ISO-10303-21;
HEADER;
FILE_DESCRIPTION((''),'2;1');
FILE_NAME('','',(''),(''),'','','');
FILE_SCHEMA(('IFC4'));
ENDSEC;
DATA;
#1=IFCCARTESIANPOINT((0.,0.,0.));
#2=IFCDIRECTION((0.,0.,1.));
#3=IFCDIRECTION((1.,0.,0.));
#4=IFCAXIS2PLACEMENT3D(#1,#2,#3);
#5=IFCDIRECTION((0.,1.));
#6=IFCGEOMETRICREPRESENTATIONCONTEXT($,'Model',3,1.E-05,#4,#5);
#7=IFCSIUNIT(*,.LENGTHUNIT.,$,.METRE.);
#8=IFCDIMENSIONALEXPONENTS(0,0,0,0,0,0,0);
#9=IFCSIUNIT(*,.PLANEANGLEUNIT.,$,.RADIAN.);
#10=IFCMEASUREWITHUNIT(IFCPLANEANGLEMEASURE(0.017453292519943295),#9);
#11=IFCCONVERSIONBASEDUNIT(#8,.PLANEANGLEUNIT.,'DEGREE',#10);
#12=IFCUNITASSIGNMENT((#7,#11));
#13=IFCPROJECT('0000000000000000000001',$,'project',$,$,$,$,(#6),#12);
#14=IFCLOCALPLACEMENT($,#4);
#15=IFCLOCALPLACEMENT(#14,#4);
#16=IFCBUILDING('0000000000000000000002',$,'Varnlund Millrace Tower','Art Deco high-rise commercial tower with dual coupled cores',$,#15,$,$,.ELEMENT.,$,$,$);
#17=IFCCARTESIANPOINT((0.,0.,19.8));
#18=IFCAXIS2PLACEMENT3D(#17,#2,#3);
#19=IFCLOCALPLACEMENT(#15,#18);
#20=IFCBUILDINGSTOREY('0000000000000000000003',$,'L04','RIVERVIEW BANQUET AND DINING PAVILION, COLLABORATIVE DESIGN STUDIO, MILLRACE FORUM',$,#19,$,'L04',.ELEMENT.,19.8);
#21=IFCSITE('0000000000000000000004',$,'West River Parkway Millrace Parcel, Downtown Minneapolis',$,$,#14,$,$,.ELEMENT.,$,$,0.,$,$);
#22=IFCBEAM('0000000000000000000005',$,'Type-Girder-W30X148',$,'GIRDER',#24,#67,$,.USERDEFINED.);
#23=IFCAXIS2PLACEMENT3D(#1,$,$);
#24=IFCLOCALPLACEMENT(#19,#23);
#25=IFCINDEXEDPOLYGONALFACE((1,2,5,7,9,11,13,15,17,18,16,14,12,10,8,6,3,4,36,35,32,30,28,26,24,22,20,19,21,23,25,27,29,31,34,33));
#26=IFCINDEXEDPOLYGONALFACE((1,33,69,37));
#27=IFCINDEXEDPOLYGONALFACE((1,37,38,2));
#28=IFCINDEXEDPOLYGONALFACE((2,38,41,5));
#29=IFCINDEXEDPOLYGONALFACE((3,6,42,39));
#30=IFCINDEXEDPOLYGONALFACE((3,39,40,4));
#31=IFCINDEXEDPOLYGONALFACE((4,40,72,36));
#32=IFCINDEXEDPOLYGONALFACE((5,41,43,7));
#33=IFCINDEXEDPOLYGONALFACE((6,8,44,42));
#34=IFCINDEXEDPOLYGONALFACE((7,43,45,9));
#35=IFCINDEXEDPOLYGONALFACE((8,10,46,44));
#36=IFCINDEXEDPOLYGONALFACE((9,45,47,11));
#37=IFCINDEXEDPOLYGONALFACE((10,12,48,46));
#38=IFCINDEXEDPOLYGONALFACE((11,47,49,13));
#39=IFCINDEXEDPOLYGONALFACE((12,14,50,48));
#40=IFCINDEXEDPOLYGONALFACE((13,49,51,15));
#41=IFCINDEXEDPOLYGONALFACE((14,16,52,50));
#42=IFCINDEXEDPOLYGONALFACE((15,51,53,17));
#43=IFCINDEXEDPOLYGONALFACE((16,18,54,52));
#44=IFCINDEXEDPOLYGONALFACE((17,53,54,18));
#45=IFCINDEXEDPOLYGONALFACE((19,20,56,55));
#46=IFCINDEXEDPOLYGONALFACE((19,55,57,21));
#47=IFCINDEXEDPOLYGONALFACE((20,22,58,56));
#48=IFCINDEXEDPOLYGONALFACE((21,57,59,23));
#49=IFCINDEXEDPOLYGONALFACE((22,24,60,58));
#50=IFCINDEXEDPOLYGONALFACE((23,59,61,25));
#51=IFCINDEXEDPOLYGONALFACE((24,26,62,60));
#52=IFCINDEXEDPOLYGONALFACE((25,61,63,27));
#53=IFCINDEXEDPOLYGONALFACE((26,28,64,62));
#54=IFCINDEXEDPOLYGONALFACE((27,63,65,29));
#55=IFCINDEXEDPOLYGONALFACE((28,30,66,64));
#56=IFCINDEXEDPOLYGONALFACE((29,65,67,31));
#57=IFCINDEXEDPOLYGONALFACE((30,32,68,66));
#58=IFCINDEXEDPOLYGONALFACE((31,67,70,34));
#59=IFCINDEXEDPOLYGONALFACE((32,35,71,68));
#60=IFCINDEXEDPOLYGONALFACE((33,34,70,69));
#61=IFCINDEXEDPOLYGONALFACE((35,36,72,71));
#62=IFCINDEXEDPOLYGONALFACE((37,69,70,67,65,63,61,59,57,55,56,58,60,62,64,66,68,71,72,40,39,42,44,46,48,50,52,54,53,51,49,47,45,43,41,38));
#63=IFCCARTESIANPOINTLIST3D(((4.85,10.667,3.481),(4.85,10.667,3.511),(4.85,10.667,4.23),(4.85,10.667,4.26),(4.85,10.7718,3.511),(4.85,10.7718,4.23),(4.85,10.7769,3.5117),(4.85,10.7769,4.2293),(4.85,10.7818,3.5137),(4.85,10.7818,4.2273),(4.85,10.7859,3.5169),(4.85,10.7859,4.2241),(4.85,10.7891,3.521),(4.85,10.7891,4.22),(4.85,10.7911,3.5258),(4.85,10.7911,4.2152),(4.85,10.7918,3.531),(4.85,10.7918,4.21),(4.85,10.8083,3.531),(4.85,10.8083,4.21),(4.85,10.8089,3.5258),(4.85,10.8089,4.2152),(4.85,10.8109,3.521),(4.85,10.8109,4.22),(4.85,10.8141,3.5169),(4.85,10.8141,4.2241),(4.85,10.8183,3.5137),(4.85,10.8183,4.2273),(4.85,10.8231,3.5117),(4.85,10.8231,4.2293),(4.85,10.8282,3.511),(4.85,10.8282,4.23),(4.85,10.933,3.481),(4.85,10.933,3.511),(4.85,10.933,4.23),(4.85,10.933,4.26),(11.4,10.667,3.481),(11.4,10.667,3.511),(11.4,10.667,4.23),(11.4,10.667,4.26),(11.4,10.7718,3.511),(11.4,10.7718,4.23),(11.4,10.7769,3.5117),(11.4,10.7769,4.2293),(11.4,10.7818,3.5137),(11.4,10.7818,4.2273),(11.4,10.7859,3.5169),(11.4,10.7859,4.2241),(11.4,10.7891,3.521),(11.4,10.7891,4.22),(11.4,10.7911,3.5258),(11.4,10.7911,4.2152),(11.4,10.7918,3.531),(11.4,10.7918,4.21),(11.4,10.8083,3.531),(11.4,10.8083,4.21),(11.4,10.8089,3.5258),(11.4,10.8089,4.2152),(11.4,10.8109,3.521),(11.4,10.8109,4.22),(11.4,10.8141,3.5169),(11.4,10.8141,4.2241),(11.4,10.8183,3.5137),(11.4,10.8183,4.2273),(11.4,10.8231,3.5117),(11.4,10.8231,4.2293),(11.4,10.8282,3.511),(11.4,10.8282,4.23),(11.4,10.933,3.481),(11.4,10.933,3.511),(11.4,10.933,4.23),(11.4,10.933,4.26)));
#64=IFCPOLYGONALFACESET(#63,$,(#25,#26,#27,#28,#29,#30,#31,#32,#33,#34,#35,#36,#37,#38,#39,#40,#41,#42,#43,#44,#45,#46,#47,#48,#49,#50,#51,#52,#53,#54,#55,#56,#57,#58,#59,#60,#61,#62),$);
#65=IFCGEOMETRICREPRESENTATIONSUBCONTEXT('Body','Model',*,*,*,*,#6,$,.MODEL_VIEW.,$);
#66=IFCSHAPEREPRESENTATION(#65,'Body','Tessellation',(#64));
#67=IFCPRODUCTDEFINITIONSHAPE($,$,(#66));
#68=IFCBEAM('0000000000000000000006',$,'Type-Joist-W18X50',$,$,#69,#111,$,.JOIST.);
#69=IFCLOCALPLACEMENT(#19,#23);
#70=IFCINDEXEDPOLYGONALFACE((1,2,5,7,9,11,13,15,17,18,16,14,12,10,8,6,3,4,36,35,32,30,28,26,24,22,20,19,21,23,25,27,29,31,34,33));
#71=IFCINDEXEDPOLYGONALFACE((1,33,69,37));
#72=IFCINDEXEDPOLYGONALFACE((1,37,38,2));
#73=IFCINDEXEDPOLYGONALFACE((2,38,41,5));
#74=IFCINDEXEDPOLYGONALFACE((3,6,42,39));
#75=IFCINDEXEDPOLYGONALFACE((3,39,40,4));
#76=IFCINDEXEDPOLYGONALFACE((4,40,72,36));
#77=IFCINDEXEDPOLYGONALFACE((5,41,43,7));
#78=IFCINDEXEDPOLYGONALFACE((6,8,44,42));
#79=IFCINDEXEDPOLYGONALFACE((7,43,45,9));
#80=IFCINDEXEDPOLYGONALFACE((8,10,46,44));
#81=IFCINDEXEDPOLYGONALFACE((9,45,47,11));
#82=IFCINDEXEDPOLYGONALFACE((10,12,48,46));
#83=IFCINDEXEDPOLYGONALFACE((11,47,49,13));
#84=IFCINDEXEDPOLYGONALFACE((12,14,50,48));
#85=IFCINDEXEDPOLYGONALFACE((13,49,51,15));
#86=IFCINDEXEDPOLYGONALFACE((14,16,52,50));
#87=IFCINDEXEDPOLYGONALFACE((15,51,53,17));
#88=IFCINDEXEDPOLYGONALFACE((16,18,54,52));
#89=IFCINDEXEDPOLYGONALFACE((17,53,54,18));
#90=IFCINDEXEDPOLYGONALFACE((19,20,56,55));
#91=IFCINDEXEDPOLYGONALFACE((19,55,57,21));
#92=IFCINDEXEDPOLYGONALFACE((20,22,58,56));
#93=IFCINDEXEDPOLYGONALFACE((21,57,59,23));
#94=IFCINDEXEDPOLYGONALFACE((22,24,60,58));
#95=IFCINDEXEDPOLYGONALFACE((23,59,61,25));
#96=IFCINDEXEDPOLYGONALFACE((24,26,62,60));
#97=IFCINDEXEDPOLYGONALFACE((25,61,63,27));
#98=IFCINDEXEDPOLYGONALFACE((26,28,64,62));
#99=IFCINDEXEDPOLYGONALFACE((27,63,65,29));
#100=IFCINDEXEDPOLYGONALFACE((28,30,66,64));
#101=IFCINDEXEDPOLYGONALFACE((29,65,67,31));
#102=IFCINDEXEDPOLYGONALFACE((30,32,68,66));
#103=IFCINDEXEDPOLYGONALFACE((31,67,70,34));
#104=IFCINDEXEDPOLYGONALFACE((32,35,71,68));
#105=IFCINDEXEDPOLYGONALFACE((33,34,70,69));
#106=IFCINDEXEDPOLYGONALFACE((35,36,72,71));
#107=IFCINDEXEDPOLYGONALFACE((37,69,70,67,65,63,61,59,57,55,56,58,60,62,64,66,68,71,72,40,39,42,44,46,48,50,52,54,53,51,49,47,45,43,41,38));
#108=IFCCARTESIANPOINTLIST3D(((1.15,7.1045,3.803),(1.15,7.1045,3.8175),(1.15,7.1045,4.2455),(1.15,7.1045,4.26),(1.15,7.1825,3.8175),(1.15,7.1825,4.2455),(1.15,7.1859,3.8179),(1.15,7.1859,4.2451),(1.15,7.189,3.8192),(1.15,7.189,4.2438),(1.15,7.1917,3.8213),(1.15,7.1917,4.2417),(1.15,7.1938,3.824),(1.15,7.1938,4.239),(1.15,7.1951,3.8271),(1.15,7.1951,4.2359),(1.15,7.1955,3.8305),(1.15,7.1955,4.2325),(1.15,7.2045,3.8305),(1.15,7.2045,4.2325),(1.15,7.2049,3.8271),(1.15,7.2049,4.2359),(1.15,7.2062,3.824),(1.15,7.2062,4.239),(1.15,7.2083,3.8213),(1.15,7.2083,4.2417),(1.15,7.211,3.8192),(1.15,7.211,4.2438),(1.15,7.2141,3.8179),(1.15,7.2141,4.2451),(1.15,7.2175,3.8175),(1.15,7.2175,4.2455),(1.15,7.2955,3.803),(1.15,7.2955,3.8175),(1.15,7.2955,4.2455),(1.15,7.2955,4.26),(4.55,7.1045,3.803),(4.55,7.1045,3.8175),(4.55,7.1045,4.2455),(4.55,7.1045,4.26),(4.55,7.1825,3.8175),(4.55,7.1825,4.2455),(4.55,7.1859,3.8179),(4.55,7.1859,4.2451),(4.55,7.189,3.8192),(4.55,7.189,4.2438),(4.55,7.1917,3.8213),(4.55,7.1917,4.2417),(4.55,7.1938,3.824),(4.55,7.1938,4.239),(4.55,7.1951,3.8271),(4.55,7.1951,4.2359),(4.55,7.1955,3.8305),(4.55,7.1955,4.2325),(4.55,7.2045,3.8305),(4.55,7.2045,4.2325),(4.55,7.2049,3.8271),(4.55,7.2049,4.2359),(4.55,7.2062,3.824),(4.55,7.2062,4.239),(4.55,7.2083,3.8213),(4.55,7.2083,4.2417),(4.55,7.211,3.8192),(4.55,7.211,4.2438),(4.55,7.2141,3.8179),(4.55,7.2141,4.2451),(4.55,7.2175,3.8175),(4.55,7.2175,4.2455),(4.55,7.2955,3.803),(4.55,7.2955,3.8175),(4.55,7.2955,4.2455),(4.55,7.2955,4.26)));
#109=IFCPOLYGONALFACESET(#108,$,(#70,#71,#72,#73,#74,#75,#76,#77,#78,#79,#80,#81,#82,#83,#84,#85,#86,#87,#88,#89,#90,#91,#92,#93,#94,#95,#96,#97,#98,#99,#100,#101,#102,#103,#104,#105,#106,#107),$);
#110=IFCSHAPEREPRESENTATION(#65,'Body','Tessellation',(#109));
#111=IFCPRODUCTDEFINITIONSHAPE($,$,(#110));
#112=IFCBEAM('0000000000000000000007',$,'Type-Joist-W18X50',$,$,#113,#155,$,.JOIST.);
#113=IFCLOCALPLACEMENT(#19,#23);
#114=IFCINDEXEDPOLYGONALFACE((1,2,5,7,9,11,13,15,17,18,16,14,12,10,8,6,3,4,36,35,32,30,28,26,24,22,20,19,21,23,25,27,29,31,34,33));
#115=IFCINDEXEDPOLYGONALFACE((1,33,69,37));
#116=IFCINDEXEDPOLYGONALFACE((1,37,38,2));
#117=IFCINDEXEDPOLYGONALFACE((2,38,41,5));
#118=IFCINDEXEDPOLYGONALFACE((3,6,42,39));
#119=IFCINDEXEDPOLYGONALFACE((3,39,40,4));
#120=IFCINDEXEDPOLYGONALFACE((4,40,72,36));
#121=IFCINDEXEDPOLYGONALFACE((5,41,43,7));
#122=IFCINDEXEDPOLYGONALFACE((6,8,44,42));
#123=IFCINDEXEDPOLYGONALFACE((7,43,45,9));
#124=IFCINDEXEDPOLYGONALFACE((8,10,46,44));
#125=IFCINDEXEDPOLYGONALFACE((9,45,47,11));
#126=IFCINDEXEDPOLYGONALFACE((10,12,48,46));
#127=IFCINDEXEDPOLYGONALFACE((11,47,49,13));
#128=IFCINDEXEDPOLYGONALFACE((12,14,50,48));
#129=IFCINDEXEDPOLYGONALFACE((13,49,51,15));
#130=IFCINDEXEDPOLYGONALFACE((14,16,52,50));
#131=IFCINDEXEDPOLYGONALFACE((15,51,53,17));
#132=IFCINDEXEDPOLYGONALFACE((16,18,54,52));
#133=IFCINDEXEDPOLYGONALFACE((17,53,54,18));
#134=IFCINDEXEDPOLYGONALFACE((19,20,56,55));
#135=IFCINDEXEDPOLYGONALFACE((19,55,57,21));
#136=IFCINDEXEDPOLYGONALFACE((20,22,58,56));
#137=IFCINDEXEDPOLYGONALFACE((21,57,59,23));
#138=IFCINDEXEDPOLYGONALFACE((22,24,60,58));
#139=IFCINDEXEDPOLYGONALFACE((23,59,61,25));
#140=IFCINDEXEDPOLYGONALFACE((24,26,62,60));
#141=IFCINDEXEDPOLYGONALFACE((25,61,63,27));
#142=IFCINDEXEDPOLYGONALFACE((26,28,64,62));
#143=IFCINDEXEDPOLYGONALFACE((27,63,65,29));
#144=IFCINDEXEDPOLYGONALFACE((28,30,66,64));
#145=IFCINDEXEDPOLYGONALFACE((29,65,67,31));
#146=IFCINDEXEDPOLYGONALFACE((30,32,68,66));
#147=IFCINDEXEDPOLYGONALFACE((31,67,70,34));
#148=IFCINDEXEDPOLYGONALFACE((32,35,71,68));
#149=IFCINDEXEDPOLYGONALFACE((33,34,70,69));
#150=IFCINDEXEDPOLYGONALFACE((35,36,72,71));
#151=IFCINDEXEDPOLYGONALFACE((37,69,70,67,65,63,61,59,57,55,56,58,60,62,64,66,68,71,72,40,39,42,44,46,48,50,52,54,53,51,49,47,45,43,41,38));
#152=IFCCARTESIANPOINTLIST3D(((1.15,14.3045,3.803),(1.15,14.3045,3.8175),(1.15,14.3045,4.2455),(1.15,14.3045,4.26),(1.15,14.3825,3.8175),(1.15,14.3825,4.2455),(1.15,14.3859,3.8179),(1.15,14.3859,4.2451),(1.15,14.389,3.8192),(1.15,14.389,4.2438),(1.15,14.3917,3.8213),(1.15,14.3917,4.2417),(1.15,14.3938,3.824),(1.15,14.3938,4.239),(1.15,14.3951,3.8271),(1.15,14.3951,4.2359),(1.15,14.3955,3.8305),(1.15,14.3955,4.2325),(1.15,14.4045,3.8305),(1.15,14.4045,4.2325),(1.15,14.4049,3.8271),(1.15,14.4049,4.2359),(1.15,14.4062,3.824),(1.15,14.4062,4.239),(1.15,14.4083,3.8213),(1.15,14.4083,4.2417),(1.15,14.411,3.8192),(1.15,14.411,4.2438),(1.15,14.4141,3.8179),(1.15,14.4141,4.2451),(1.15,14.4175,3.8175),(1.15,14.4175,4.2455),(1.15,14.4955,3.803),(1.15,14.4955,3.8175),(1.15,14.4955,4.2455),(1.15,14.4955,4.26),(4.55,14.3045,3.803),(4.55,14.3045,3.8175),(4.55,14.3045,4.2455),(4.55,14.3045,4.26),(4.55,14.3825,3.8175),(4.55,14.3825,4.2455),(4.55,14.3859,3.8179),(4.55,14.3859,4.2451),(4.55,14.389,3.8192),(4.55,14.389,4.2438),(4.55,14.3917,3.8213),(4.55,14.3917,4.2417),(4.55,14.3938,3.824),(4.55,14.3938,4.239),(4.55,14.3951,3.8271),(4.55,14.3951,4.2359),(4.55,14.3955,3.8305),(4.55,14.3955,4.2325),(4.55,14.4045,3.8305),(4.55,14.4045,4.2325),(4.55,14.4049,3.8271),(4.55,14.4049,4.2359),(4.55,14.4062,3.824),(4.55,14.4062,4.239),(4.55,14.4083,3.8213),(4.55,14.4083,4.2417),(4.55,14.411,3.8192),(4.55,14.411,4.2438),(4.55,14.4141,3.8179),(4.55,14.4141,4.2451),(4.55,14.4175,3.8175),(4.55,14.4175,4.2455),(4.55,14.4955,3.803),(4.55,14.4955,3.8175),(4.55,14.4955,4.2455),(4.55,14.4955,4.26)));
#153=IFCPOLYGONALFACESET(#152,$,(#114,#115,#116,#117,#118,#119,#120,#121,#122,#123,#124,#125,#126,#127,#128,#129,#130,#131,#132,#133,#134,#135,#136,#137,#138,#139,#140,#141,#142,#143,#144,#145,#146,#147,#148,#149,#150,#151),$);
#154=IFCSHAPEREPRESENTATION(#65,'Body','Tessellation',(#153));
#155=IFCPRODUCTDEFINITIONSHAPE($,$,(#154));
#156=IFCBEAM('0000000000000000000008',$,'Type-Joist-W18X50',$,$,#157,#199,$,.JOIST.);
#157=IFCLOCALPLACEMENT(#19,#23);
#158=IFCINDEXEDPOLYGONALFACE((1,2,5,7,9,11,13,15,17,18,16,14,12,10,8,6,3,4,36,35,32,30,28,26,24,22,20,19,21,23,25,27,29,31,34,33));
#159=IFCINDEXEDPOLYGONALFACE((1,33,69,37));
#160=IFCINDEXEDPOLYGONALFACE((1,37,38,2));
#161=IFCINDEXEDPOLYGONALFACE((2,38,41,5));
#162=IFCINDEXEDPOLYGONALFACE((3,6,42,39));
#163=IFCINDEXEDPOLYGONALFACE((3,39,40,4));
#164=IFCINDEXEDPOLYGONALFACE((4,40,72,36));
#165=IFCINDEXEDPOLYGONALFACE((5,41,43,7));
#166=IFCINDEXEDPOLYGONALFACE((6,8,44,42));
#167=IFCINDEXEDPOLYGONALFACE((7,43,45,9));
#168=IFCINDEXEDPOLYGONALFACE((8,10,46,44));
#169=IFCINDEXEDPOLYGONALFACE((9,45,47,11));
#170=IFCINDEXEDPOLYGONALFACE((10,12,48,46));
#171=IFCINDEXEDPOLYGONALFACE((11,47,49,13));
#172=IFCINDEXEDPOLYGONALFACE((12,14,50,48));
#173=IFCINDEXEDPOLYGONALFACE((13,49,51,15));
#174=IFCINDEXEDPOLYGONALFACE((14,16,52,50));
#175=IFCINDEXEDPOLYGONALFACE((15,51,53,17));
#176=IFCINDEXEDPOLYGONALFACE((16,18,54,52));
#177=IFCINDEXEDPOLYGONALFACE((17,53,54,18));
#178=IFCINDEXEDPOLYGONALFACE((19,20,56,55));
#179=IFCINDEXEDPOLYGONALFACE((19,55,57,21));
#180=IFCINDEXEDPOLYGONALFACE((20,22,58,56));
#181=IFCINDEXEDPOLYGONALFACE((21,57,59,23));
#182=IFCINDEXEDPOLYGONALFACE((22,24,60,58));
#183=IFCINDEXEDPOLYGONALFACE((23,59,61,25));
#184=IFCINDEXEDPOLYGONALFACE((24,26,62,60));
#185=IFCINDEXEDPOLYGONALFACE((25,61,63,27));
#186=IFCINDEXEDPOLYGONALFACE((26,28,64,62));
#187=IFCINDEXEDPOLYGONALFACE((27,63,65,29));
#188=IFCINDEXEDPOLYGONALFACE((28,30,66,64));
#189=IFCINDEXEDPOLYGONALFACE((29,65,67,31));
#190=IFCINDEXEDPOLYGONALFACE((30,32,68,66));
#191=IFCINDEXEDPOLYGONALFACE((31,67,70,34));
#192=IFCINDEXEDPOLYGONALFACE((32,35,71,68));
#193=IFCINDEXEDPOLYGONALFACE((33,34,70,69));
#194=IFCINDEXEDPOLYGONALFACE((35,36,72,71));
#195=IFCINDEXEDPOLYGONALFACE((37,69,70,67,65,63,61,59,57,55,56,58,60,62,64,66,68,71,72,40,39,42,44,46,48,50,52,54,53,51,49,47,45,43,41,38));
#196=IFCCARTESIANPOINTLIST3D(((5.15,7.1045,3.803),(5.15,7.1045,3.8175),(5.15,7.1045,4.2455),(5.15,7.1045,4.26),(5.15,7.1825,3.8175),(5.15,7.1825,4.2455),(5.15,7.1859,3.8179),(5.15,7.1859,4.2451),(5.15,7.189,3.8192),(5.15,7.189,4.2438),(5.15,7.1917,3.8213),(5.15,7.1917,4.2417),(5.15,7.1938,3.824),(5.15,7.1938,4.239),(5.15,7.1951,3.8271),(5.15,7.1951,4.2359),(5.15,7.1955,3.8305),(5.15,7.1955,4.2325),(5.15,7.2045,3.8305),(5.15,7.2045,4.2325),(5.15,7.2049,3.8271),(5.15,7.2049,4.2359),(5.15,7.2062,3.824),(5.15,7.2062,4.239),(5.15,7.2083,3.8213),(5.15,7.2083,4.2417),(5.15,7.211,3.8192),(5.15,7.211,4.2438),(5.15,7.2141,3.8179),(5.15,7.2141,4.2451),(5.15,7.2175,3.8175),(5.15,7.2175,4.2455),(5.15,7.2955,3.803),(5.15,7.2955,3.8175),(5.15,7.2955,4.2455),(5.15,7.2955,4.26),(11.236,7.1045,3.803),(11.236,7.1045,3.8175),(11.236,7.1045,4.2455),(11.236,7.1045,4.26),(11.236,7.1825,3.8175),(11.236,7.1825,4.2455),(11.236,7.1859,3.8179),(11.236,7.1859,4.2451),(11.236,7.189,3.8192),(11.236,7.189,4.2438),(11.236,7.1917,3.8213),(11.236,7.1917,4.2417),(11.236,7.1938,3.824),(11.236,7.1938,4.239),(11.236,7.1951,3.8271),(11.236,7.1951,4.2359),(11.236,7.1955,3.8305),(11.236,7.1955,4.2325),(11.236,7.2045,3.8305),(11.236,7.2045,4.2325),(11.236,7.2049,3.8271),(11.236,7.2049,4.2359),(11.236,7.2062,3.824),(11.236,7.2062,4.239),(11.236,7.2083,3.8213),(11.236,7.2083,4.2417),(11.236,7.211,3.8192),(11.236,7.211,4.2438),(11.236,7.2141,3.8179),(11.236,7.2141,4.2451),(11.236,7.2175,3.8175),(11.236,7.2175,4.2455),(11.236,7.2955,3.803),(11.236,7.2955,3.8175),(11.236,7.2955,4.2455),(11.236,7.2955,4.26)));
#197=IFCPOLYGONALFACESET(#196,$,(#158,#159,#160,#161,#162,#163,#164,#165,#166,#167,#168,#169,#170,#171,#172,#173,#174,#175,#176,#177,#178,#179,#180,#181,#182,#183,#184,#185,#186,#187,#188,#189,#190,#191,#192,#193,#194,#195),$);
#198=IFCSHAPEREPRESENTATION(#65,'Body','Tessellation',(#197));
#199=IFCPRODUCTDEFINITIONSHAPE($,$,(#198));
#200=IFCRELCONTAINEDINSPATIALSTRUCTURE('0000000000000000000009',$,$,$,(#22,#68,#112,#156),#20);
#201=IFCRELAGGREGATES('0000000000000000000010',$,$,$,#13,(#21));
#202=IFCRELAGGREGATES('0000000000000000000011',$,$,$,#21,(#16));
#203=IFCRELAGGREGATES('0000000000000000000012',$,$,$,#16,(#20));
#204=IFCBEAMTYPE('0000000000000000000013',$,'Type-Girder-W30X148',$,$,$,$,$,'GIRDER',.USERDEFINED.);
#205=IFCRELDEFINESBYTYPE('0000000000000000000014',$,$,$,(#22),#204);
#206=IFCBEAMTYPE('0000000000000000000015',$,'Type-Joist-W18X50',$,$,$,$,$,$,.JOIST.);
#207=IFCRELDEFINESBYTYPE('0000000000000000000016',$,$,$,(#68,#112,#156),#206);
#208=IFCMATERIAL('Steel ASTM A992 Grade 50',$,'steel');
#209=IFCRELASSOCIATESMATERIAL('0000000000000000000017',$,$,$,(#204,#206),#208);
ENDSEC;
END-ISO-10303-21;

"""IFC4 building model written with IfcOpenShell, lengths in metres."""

from ifc_helpers import new_model, entity, si_unit, converted_unit, direction, frame, origin_with_axes, origin_2d_with_axis, place, context, subcontext, project, spatial, i_section, extrude, material, material_profile, profile_set, type_object, element, save


model = new_model("IFC4")

# Units and contexts
model_context = context("Model", 3, precision=1e-05, world=origin_with_axes(), true_north=direction((0.0, 1.0)))
body_context = subcontext(model_context, "Body", "Model", "MODEL_VIEW")
ifc_project = project(units=[si_unit("LENGTHUNIT", "METRE"), converted_unit("PLANEANGLEUNIT", "DEGREE", entity("IfcPlaneAngleMeasure", 0.017453292519943295), si_unit("PLANEANGLEUNIT", "RADIAN"), dimensions=[0, 0, 0, 0, 0, 0, 0])], contexts=[model_context])

# Site, building, storey
site_placement = place(None, origin_with_axes())
site = spatial("IfcSite", under=ifc_project, at=site_placement, Name="West River Parkway Millrace Parcel, Downtown Minneapolis", CompositionType="ELEMENT", RefElevation=0.0)
building_placement = place(site_placement, origin_with_axes())
building = spatial("IfcBuilding", under=site, at=building_placement, Name="Varnlund Millrace Tower", Description="Art Deco high-rise commercial tower with dual coupled cores", CompositionType="ELEMENT")
storey_placement = place(building_placement, frame((0.0, 0.0, 19.8), z_axis=(0.0, 0.0, 1.0), x_axis=(1.0, 0.0, 0.0)))
storey = spatial("IfcBuildingStorey", under=building, at=storey_placement, Name="L04", Description="RIVERVIEW BANQUET AND DINING PAVILION, COLLABORATIVE DESIGN STUDIO, MILLRACE FORUM", LongName="L04", CompositionType="ELEMENT", Elevation=19.8)

# Beams
ifc_material_1 = material(Name="Steel ASTM A992 Grade 50", Category="steel")
ifc_material_profile_1 = material_profile(ifc_material_1, i_section(OverallWidth=0.266, OverallDepth=0.779, WebThickness=0.0165, FlangeThickness=0.03, FilletRadius=0.02, at=origin_2d_with_axis()), Name="Steel ASTM A992 Grade 50")
ifc_profile_set_1 = profile_set([ifc_material_profile_1], Name="Steel ASTM A992 Grade 50")
beam_type_1 = type_object("IfcBeamType", Name="Type-Girder-W30X148", ElementType="GIRDER", PredefinedType="USERDEFINED", material=ifc_profile_set_1)
beam_1_placement = place(storey_placement, frame((4.85, 10.8, 3.8705), z_axis=(1.0, 0.0, 0.0), x_axis=(0.0, 1.0, 0.0)))
element("IfcBeam", 1, at=beam_1_placement, inside=storey, type_object=beam_type_1, Name="Type-Girder-W30X148", ObjectType="GIRDER", PredefinedType="USERDEFINED", context=body_context, shape_type="SweptSolid", body=[
    extrude(i_section(OverallWidth=0.266, OverallDepth=0.779, WebThickness=0.0165, FlangeThickness=0.03, FilletRadius=0.02, at=origin_2d_with_axis()), origin_with_axes(), (0.0, 0.0, 1.0), 6.55),
])
ifc_material_profile_2 = material_profile(ifc_material_1, i_section(OverallWidth=0.191, OverallDepth=0.457, WebThickness=0.009, FlangeThickness=0.0145, FilletRadius=0.013, at=origin_2d_with_axis()), Name="Steel ASTM A992 Grade 50")
ifc_profile_set_2 = profile_set([ifc_material_profile_2], Name="Steel ASTM A992 Grade 50")
beam_type_2 = type_object("IfcBeamType", Name="Type-Joist-W18X50", PredefinedType="JOIST", material=ifc_profile_set_2)
for number, where, z_axis, x_axis, name in (
    (2, (1.15, 7.2, 4.0315), (1.0, 0.0, 0.0), (0.0, 1.0, 0.0), "Type-Joist-W18X50"),
    (3, (1.15, 14.4, 4.0315), (1.0, 0.0, 0.0), (0.0, 1.0, 0.0), "Type-Joist-W18X50"),
):
    element("IfcBeam", number, at=place(storey_placement, frame(where, z_axis=z_axis, x_axis=x_axis)), inside=storey, type_object=beam_type_2, Name=name, PredefinedType="JOIST", context=body_context, shape_type="SweptSolid", body=[
        extrude(i_section(OverallWidth=0.191, OverallDepth=0.457, WebThickness=0.009, FlangeThickness=0.0145, FilletRadius=0.013, at=origin_2d_with_axis()), origin_with_axes(), (0.0, 0.0, 1.0), 3.4),
    ])
beam_2_placement = place(storey_placement, frame((5.15, 7.2, 4.0315), z_axis=(1.0, 0.0, 0.0), x_axis=(0.0, 1.0, 0.0)))
element("IfcBeam", 4, at=beam_2_placement, inside=storey, type_object=beam_type_2, Name="Type-Joist-W18X50", PredefinedType="JOIST", context=body_context, shape_type="SweptSolid", body=[
    extrude(i_section(OverallWidth=0.191, OverallDepth=0.457, WebThickness=0.009, FlangeThickness=0.0145, FilletRadius=0.013, at=origin_2d_with_axis()), origin_with_axes(), (0.0, 0.0, 1.0), 6.086),
])

save(model, "model.ifc")
